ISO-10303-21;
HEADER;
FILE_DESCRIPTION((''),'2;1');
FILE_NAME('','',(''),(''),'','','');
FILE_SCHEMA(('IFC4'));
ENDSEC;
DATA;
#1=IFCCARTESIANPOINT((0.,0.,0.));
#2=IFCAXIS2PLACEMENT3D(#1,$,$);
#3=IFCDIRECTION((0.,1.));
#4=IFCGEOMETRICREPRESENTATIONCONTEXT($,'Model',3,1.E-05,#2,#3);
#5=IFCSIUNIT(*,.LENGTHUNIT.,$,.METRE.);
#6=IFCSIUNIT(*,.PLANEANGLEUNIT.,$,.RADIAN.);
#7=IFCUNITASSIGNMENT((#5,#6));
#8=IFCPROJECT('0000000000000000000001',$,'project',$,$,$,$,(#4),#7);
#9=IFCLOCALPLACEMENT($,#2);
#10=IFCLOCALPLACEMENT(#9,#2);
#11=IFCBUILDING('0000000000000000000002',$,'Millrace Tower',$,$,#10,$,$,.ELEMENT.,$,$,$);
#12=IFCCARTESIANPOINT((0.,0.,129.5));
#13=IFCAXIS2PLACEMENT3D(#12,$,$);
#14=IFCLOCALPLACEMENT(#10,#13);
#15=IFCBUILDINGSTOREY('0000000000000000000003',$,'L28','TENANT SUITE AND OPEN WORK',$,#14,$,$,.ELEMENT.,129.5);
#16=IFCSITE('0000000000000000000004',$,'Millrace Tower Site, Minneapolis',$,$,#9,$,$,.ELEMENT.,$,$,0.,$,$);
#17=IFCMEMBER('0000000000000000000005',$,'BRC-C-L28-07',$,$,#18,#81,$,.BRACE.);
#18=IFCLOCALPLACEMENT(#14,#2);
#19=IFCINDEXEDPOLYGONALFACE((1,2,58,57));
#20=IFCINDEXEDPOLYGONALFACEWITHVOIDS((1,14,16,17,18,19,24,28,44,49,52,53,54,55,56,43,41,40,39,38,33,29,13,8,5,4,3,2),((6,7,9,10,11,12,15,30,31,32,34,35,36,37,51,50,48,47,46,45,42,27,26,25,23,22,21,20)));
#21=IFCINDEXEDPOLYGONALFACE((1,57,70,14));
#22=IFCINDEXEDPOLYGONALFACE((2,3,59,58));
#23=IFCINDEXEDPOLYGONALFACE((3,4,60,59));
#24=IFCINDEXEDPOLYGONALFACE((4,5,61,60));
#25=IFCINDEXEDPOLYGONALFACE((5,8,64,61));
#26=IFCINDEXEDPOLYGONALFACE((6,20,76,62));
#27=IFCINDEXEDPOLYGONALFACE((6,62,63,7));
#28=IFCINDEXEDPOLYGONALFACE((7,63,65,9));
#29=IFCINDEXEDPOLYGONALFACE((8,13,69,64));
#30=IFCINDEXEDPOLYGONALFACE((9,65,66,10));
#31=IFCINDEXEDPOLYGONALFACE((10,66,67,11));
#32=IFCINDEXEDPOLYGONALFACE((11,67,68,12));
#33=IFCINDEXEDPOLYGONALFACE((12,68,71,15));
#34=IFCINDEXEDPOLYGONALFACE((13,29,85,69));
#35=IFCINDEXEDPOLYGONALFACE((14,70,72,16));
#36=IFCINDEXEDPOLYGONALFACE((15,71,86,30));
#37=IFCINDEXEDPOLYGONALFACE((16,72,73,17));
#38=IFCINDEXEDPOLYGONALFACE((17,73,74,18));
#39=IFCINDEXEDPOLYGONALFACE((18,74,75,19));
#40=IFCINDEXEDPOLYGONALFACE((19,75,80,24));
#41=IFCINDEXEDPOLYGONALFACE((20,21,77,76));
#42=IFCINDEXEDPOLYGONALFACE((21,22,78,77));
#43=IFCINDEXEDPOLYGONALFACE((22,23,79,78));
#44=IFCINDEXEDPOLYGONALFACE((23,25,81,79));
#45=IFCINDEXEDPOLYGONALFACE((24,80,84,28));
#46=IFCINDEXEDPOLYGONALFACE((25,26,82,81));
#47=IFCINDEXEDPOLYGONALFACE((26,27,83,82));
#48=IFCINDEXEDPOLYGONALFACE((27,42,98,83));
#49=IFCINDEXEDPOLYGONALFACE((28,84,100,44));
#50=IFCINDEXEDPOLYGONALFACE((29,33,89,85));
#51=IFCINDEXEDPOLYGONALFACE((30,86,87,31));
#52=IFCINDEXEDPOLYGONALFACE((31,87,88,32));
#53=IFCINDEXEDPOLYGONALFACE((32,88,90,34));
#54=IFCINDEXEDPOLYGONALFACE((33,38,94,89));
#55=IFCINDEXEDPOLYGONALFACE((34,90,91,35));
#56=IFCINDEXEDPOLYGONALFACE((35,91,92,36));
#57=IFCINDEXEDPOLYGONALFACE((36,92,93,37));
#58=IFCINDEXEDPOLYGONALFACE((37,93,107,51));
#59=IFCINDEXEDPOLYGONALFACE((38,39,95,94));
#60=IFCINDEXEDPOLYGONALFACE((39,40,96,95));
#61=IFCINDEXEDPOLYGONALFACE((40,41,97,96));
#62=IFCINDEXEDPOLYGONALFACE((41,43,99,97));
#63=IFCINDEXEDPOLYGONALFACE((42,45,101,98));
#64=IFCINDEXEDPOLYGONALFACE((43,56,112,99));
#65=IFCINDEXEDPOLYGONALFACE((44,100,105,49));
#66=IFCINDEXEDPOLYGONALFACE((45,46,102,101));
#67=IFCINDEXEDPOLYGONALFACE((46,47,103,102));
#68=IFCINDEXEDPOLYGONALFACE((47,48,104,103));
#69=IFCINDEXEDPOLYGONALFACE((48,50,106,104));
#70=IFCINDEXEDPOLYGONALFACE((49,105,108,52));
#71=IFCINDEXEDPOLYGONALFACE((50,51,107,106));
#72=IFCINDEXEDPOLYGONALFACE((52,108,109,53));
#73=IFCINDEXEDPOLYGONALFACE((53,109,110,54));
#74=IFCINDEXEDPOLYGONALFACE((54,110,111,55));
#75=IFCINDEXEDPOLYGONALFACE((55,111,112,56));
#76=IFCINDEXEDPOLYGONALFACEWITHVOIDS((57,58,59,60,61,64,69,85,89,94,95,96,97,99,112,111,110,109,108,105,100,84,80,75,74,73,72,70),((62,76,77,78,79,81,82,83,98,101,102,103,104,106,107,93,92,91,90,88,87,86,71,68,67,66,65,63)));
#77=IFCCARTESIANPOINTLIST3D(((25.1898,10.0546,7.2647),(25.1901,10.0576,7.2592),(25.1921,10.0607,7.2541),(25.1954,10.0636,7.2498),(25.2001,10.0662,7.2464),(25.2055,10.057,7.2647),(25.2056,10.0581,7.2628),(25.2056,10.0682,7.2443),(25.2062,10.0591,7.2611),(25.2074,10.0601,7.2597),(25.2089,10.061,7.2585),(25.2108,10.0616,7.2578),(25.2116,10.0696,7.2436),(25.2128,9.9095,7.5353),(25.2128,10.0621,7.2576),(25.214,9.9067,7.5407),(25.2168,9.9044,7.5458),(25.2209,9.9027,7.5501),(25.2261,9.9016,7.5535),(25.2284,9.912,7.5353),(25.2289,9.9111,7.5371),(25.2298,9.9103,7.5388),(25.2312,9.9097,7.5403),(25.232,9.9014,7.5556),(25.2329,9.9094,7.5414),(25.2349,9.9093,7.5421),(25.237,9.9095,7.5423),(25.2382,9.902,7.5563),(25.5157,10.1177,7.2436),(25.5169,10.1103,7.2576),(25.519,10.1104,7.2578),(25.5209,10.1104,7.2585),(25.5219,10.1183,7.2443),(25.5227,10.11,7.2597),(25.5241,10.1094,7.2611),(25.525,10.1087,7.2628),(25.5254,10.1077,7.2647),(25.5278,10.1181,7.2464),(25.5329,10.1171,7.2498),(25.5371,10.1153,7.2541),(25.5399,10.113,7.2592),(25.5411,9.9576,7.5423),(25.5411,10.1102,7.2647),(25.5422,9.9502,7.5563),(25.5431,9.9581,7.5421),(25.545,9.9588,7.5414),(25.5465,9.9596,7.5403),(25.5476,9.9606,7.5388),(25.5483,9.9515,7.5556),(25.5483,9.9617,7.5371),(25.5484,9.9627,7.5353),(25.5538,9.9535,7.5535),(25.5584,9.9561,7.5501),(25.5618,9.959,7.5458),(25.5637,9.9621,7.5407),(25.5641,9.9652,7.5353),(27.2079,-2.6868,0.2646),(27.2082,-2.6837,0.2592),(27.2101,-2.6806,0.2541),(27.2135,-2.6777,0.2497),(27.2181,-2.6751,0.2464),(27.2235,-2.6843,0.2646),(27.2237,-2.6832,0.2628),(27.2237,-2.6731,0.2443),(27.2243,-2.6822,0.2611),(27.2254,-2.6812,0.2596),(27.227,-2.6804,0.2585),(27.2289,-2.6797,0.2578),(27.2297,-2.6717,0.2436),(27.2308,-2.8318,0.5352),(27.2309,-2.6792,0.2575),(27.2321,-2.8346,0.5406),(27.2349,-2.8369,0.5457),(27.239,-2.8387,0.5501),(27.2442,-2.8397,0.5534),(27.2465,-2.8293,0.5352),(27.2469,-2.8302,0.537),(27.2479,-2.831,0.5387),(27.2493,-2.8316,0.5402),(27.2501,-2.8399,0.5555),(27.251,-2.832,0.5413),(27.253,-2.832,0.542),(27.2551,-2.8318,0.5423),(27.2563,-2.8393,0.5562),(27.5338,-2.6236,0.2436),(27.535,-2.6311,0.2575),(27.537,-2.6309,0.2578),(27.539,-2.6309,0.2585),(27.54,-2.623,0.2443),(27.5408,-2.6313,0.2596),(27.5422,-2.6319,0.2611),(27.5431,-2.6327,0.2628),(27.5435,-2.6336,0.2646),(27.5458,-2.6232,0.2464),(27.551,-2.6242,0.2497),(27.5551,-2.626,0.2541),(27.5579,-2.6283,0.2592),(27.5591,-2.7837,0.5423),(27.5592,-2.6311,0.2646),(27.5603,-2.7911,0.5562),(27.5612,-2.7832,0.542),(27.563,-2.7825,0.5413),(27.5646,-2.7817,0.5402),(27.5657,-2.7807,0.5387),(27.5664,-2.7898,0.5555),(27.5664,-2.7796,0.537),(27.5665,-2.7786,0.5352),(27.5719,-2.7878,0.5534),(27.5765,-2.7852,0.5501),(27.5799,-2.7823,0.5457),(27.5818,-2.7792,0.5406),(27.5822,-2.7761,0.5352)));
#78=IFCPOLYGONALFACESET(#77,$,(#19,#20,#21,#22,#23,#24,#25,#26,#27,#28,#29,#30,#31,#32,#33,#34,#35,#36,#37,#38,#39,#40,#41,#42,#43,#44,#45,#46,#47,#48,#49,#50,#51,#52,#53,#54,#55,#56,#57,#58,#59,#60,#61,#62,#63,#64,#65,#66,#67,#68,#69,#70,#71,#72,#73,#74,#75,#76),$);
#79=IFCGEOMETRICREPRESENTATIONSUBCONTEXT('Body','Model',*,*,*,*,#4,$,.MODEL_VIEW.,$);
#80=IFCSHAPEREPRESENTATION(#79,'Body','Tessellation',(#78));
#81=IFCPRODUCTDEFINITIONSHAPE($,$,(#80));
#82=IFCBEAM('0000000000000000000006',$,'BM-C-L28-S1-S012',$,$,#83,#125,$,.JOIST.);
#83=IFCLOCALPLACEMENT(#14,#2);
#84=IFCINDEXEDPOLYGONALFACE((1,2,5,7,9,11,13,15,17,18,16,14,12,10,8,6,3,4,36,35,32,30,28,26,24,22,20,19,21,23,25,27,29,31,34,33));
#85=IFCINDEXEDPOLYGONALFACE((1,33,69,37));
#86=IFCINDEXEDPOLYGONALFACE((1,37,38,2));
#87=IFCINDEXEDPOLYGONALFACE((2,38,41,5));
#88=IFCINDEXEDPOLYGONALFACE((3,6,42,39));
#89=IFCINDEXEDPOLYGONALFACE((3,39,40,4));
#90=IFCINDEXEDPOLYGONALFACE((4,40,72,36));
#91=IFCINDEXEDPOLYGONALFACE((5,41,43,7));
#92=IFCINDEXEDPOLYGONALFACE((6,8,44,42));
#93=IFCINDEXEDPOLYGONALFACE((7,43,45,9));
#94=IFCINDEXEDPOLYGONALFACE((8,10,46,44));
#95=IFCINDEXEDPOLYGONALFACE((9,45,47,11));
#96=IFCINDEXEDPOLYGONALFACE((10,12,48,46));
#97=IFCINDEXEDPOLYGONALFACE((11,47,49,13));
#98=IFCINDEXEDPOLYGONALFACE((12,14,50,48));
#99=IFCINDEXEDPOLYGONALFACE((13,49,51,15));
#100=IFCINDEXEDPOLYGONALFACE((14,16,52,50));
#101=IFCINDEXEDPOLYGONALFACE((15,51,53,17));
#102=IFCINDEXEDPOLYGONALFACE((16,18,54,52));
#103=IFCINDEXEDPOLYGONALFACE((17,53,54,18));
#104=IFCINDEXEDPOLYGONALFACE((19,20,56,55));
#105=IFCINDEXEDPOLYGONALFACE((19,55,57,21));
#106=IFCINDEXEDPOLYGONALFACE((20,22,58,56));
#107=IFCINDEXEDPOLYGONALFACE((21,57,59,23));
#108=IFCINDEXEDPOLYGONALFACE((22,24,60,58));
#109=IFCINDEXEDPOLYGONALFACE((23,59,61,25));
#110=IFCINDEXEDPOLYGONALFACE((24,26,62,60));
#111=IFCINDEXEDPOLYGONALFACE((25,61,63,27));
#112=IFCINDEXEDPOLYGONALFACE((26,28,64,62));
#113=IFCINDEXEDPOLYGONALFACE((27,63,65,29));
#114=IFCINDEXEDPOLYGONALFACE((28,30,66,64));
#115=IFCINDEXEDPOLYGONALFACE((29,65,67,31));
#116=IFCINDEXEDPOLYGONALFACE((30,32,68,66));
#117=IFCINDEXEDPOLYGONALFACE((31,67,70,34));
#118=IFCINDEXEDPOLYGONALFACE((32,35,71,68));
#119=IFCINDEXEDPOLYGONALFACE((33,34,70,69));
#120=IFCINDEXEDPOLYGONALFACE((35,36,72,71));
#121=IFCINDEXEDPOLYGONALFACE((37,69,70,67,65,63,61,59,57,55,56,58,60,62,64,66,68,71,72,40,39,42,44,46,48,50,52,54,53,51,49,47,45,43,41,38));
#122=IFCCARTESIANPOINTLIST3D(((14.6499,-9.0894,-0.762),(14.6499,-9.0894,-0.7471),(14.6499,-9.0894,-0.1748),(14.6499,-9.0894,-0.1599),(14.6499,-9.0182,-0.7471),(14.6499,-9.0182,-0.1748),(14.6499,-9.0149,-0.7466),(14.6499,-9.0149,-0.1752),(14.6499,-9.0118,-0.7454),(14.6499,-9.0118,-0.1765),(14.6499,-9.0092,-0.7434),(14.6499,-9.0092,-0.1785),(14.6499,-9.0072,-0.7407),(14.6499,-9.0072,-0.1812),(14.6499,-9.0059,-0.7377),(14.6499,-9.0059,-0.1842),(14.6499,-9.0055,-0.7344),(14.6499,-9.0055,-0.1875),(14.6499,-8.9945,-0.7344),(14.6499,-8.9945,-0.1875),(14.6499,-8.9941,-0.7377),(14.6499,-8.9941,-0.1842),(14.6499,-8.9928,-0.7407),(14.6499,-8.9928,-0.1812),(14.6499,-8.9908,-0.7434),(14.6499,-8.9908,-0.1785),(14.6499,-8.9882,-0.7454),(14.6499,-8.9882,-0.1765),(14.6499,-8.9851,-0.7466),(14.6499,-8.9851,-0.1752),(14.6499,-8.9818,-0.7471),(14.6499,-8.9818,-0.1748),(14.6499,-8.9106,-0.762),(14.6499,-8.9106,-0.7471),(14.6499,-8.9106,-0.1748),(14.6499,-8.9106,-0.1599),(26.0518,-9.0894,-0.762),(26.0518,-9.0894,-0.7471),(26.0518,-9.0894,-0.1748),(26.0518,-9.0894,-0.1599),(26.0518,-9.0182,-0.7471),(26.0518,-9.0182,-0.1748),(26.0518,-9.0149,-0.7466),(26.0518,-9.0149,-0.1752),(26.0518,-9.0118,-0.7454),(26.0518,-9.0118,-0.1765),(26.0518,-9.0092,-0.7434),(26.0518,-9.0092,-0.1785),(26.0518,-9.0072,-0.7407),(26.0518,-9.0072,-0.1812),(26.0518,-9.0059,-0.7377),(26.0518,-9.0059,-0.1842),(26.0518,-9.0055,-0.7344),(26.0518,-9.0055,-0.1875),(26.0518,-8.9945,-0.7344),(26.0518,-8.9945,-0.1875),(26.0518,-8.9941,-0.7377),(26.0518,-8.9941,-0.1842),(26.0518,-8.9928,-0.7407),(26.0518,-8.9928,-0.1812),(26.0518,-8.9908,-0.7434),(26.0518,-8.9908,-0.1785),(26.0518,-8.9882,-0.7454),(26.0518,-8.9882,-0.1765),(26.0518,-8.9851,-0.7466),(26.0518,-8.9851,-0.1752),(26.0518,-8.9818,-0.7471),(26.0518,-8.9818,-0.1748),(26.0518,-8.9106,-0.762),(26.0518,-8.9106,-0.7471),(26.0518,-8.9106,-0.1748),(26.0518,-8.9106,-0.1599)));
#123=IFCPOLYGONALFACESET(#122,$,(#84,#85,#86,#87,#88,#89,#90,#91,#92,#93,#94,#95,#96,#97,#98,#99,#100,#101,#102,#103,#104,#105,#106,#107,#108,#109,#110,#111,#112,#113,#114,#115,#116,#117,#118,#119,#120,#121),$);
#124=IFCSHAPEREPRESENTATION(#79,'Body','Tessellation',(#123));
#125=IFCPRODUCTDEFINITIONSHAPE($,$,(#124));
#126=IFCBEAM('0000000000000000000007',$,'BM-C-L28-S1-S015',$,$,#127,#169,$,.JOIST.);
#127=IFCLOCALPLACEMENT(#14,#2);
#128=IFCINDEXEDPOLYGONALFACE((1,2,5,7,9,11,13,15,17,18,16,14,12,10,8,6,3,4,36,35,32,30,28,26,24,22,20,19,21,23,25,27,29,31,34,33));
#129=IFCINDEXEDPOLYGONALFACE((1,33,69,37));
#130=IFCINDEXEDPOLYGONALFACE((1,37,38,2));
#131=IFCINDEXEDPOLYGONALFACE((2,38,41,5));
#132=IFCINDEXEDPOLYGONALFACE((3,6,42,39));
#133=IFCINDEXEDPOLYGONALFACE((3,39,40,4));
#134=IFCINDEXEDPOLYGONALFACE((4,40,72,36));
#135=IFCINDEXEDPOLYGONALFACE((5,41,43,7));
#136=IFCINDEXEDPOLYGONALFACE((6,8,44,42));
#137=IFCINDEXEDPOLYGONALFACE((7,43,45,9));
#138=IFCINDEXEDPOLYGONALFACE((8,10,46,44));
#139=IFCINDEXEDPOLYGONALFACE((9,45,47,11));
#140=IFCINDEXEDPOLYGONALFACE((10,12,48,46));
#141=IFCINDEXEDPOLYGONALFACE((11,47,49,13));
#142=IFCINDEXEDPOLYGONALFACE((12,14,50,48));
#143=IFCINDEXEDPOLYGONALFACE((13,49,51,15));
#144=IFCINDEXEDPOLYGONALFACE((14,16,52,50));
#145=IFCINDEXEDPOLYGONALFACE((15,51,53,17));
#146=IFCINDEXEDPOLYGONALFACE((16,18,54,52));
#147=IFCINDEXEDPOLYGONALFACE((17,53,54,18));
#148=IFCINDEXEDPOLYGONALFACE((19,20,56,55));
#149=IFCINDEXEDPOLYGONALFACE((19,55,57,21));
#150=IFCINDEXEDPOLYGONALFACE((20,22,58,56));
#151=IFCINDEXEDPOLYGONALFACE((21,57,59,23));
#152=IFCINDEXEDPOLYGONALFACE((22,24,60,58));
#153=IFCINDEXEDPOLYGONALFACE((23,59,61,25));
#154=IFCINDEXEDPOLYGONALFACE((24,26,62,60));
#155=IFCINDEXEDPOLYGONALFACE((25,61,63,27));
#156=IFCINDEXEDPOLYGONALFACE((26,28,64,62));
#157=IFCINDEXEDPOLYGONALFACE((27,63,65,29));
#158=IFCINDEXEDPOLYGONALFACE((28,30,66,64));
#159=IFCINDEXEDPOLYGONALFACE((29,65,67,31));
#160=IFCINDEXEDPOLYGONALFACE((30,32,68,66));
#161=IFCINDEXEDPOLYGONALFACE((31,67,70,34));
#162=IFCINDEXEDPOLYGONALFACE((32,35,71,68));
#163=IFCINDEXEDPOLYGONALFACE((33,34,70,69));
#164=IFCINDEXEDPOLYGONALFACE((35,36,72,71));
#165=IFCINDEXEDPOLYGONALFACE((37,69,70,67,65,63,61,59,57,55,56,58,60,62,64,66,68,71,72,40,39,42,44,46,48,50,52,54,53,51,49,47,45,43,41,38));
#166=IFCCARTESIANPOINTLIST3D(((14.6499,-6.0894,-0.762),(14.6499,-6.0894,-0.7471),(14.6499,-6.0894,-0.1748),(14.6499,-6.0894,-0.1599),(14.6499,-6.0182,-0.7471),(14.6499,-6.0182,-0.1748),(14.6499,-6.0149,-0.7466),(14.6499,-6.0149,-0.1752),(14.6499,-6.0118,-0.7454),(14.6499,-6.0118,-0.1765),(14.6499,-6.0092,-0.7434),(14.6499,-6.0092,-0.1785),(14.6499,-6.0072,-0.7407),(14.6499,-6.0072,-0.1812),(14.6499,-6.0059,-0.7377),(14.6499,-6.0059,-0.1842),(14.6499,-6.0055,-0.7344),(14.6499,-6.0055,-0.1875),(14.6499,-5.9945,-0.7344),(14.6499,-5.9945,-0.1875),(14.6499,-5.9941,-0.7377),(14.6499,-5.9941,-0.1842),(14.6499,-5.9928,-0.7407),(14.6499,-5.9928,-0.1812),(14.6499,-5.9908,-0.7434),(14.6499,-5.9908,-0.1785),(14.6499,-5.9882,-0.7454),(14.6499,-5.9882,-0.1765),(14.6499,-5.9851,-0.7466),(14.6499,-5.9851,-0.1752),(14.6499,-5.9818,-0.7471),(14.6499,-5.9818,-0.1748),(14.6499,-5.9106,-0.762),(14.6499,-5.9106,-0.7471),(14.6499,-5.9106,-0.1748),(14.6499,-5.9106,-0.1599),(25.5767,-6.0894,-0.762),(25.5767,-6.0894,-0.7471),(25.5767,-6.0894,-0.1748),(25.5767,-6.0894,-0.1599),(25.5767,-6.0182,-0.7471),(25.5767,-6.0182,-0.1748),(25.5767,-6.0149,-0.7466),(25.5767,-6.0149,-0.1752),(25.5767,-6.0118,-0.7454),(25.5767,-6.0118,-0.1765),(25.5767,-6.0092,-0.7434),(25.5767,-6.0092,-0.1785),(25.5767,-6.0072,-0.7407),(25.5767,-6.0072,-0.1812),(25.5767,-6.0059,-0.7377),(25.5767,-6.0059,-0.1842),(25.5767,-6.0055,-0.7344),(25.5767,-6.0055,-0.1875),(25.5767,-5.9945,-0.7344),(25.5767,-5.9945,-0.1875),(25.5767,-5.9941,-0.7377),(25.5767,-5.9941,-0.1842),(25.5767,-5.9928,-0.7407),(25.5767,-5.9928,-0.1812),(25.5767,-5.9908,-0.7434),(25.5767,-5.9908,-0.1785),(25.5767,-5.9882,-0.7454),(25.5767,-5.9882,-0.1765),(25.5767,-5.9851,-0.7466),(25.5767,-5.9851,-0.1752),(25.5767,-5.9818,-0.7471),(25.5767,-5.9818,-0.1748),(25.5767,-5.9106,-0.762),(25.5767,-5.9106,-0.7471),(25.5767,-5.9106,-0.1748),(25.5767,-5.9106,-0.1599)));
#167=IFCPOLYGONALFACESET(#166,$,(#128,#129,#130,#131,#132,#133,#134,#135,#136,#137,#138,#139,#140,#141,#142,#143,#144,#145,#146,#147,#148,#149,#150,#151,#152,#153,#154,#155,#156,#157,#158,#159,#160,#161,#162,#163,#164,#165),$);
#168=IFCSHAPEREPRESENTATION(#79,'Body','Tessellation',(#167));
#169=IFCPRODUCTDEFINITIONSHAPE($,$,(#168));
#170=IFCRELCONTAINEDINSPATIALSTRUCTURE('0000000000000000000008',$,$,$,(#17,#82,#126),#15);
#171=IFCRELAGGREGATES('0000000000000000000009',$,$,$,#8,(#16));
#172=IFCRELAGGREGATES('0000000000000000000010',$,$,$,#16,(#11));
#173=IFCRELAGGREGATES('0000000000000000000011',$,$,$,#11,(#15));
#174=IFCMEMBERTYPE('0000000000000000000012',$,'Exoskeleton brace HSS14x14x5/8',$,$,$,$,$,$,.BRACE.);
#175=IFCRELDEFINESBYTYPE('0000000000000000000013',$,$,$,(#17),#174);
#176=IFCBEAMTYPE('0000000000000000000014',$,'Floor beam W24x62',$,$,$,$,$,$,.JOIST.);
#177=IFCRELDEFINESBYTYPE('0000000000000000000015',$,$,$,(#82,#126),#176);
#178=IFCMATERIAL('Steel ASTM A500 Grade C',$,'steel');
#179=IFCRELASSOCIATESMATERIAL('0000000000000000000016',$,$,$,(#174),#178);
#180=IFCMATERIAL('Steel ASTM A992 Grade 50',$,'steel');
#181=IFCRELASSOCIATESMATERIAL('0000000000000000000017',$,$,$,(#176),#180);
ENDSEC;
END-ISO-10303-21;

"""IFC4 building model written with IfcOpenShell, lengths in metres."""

from ifc_helpers import new_model, si_unit, direction, frame, origin, origin_2d, place, context, subcontext, project, spatial, hollow_rectangle, i_section, extrude, material, material_profile, profile_set, type_object, element, save


model = new_model("IFC4")

# Units and contexts
model_context = context("Model", 3, precision=1e-05, world=origin(), true_north=direction((0.0, 1.0)))
body_context = subcontext(model_context, "Body", "Model", "MODEL_VIEW")
ifc_project = project(units=[si_unit("LENGTHUNIT", "METRE"), si_unit("PLANEANGLEUNIT", "RADIAN")], contexts=[model_context])

# Site, building, storey
site_placement = place(None, origin())
site = spatial("IfcSite", under=ifc_project, at=site_placement, Name="Millrace Tower Site, Minneapolis", CompositionType="ELEMENT", RefElevation=0.0)
building_placement = place(site_placement, origin())
building = spatial("IfcBuilding", under=site, at=building_placement, Name="Millrace Tower", CompositionType="ELEMENT")
storey_placement = place(building_placement, frame((0.0, 0.0, 129.5)))
storey = spatial("IfcBuildingStorey", under=building, at=storey_placement, Name="L28", Description="TENANT SUITE AND OPEN WORK", CompositionType="ELEMENT", Elevation=129.5)

# Member
ifc_material_1 = material(Name="Steel ASTM A500 Grade C", Category="steel")
ifc_material_profile_1 = material_profile(ifc_material_1, hollow_rectangle(XDim=0.3557, YDim=0.3557, WallThickness=0.0159, InnerFilletRadius=0.0081, OuterFilletRadius=0.0239, at=origin_2d()))
ifc_profile_set_1 = profile_set([ifc_material_profile_1], Name="Steel ASTM A500 Grade C")
member_type_1 = type_object("IfcMemberType", Name="Exoskeleton brace HSS14x14x5/8", PredefinedType="BRACE", material=ifc_profile_set_1)
member_1_placement = place(storey_placement, frame((27.395, -2.7314, 0.3999), z_axis=(-0.1375, 0.868114, 0.47694), x_axis=(-0.987688, -0.156439, 0.0)))
element("IfcMember", 1, at=member_1_placement, inside=storey, type_object=member_type_1, Name="BRC-C-L28-07", PredefinedType="BRACE", context=body_context, shape_type="SweptSolid", body=[
    extrude(hollow_rectangle(XDim=0.3557, YDim=0.3557, WallThickness=0.0159, InnerFilletRadius=0.0081, OuterFilletRadius=0.0239, at=origin_2d()), origin(), (0.0, 0.0, 1.0), 14.677),
])

# Beams
ifc_material_2 = material(Name="Steel ASTM A992 Grade 50", Category="steel")
ifc_material_profile_2 = material_profile(ifc_material_2, i_section(OverallWidth=0.1787, OverallDepth=0.6021, WebThickness=0.011, FlangeThickness=0.0149, FilletRadius=0.0127, at=origin_2d()))
ifc_profile_set_2 = profile_set([ifc_material_profile_2], Name="Steel ASTM A992 Grade 50")
beam_type_1 = type_object("IfcBeamType", Name="Floor beam W24x62", PredefinedType="JOIST", material=ifc_profile_set_2)
beam_1_placement = place(storey_placement, frame((14.6499, -9.0, -0.4609), z_axis=(1.0, 0.0, 0.0), x_axis=(0.0, 1.0, 0.0)))
element("IfcBeam", 2, at=beam_1_placement, inside=storey, type_object=beam_type_1, Name="BM-C-L28-S1-S012", PredefinedType="JOIST", context=body_context, shape_type="SweptSolid", body=[
    extrude(i_section(OverallWidth=0.1787, OverallDepth=0.6021, WebThickness=0.011, FlangeThickness=0.0149, FilletRadius=0.0127, at=origin_2d()), origin(), (0.0, 0.0, 1.0), 11.4019),
])
beam_2_placement = place(storey_placement, frame((14.6499, -6.0, -0.4609), z_axis=(1.0, 0.0, 0.0), x_axis=(0.0, 1.0, 0.0)))
element("IfcBeam", 3, at=beam_2_placement, inside=storey, type_object=beam_type_1, Name="BM-C-L28-S1-S015", PredefinedType="JOIST", context=body_context, shape_type="SweptSolid", body=[
    extrude(i_section(OverallWidth=0.1787, OverallDepth=0.6021, WebThickness=0.011, FlangeThickness=0.0149, FilletRadius=0.0127, at=origin_2d()), origin(), (0.0, 0.0, 1.0), 10.9268),
])

save(model, "model.ifc")
